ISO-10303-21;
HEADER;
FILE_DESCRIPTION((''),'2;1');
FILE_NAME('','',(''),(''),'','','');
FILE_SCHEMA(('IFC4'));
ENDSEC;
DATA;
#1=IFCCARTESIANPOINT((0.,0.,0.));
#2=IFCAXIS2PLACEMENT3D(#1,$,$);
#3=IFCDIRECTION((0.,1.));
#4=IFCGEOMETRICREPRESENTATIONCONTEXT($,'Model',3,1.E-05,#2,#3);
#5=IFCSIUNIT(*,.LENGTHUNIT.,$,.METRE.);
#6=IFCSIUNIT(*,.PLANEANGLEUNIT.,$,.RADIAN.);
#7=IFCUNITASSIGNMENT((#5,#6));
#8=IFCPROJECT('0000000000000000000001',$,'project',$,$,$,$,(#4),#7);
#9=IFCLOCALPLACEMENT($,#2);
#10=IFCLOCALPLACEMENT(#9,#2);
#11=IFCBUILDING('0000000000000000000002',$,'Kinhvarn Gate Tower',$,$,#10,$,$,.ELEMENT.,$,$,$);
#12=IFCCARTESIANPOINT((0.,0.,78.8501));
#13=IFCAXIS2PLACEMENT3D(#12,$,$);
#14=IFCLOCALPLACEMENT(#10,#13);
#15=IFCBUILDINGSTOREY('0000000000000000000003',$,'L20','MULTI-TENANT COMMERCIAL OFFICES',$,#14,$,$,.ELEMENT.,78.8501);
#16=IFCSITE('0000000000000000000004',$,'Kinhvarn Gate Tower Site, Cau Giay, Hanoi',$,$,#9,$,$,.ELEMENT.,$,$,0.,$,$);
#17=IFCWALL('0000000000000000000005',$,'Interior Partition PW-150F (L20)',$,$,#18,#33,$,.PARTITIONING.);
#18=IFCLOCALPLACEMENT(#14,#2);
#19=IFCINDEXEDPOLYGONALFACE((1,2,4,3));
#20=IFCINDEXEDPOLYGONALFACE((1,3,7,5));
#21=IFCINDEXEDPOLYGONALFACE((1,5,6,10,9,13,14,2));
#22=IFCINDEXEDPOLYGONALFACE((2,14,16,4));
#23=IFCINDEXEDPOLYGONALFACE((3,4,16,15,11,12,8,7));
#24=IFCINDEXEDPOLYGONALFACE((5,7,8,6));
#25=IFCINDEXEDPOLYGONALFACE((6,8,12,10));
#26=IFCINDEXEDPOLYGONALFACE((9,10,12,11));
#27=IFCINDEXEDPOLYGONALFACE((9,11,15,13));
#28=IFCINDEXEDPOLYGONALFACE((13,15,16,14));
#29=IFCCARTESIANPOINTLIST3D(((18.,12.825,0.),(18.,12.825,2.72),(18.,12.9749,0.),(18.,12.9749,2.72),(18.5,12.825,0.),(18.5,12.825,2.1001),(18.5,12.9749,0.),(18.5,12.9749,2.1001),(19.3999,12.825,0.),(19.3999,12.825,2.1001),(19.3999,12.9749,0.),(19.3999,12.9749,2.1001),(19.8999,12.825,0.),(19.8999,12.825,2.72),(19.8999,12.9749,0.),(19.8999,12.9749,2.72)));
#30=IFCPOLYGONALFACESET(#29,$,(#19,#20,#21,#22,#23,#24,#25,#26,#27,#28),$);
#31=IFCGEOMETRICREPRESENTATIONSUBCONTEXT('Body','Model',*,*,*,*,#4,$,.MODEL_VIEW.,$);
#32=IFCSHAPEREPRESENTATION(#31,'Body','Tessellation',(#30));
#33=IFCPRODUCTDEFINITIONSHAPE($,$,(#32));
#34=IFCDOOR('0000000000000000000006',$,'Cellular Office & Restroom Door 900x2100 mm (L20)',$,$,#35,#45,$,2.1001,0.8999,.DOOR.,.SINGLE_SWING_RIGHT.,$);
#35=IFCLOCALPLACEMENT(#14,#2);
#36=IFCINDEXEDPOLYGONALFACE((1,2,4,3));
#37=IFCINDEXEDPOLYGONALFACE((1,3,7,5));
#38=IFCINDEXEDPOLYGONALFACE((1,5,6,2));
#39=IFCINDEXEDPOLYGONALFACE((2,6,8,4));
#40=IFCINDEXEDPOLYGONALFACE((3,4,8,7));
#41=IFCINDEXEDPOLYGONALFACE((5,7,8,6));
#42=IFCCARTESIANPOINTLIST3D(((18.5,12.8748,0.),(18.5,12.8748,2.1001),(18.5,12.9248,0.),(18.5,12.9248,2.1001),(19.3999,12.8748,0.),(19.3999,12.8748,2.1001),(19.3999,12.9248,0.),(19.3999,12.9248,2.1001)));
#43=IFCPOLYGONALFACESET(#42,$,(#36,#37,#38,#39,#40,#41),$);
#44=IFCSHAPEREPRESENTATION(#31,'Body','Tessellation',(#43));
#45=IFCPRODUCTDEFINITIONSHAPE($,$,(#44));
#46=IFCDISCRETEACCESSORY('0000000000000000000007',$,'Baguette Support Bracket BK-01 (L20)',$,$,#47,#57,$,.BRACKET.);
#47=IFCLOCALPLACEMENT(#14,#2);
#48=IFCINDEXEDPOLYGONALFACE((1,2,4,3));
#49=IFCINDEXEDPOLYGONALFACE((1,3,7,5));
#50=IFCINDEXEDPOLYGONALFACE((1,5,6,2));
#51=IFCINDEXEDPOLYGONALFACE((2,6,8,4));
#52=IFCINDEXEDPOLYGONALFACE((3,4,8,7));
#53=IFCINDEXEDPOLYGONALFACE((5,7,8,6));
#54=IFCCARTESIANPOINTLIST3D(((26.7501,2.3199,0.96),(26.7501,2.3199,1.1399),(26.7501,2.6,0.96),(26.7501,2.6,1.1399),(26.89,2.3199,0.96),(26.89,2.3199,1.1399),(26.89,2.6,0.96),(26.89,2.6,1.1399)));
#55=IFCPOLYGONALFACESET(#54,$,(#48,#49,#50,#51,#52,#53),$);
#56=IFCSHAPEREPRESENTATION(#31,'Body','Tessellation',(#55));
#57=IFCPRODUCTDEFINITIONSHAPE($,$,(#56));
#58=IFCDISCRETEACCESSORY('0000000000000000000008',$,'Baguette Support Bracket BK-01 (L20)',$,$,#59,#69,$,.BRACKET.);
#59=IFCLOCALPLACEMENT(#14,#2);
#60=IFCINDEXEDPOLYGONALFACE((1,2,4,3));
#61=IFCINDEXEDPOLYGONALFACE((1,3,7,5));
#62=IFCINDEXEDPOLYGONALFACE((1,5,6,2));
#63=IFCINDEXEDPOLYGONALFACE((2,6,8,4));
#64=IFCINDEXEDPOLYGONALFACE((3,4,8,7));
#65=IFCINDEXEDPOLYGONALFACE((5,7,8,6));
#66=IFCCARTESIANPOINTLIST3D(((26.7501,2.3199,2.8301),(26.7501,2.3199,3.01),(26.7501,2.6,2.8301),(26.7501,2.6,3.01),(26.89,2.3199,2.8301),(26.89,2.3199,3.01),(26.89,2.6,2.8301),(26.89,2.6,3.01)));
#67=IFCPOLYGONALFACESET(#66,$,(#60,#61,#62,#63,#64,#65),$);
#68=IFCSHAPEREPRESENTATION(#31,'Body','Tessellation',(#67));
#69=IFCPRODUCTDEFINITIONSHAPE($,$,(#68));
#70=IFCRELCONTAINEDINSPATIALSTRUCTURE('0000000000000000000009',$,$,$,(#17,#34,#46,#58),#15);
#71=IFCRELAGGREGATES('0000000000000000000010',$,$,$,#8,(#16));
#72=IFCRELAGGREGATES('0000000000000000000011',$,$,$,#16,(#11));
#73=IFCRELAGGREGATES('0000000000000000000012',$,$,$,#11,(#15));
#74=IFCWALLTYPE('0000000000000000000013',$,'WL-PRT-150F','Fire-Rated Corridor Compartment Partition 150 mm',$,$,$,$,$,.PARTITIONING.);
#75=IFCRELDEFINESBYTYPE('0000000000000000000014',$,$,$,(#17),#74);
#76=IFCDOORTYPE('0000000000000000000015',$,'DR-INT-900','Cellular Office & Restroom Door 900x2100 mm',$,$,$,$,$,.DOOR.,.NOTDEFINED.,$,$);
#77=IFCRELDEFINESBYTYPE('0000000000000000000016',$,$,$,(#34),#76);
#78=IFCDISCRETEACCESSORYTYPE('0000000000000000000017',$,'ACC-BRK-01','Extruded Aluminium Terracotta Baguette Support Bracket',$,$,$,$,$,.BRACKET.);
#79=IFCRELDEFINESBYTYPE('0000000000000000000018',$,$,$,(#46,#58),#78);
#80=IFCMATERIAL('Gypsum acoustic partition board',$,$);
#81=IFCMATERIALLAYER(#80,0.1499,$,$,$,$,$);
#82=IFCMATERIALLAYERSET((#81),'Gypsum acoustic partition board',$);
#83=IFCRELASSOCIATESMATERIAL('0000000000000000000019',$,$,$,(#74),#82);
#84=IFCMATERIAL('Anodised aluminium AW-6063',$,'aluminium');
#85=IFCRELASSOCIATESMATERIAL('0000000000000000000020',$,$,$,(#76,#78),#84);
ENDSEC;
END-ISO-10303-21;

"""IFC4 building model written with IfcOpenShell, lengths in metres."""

from ifc_helpers import new_model, si_unit, direction, frame, frame_2d, origin, origin_2d, place, context, subcontext, project, spatial, rectangle, extrude, material, layer, layer_set, type_object, element, fill, save


model = new_model("IFC4")

# Units and contexts
model_context = context("Model", 3, precision=1e-05, world=origin(), true_north=direction((0.0, 1.0)))
body_context = subcontext(model_context, "Body", "Model", "MODEL_VIEW")
ifc_project = project(units=[si_unit("LENGTHUNIT", "METRE"), si_unit("PLANEANGLEUNIT", "RADIAN")], contexts=[model_context])

# Site, building, storey
site_placement = place(None, origin())
site = spatial("IfcSite", under=ifc_project, at=site_placement, Name="Kinhvarn Gate Tower Site, Cau Giay, Hanoi", CompositionType="ELEMENT", RefElevation=0.0)
building_placement = place(site_placement, origin())
building = spatial("IfcBuilding", under=site, at=building_placement, Name="Kinhvarn Gate Tower", CompositionType="ELEMENT")
storey_placement = place(building_placement, frame((0.0, 0.0, 78.8501)))
storey = spatial("IfcBuildingStorey", under=building, at=storey_placement, Name="L20", Description="MULTI-TENANT COMMERCIAL OFFICES", CompositionType="ELEMENT", Elevation=78.8501)

# Shared definitions
ifc_material_1 = material(Name="Anodised aluminium AW-6063", Category="aluminium")

# Shared definitions
ifc_material_2 = material(Name="Gypsum acoustic partition board")

# Wall, opening, door
ifc_layer_1 = layer(ifc_material_2, 0.1499)
ifc_layer_set_1 = layer_set([ifc_layer_1], Name="Gypsum acoustic partition board")
wall_type_1 = type_object("IfcWallType", Name="WL-PRT-150F", Description="Fire-Rated Corridor Compartment Partition 150 mm", PredefinedType="PARTITIONING", material=ifc_layer_set_1)
wall_placement = place(storey_placement, frame((18.0, 12.8999, 0.0), z_axis=(0.0, 0.0, 1.0), x_axis=(1.0, 0.0, 0.0)))
wall = element("IfcWall", 1, at=wall_placement, inside=storey, type_object=wall_type_1, Name="Interior Partition PW-150F (L20)", PredefinedType="PARTITIONING", context=body_context, shape_type="SweptSolid", body=[
    extrude(rectangle(XDim=1.8999, YDim=0.1499, at=frame_2d((0.95, 0.0))), origin(), (0.0, 0.0, 1.0), 2.72),
])
opening_placement = place(wall_placement, frame((0.5, 0.0, 0.0)))
opening = element("IfcOpeningElement", 2, at=opening_placement, cuts=wall, PredefinedType="OPENING", context=body_context, shape_type="SweptSolid", body=[
    extrude(rectangle(XDim=0.8999, YDim=2.1001, at=frame_2d((0.45, 1.05))), frame((0.0, 0.085, 0.0), z_axis=(0.0, -1.0, 0.0), x_axis=(1.0, 0.0, 0.0)), (0.0, 0.0, 1.0), 0.1699),
])
door_type = type_object("IfcDoorType", Name="DR-INT-900", Description="Cellular Office & Restroom Door 900x2100 mm", OperationType="NOTDEFINED", PredefinedType="DOOR", material=ifc_material_1)
door_placement = place(opening_placement, origin())
door = element("IfcDoor", 3, at=door_placement, inside=storey, type_object=door_type, Name="Cellular Office & Restroom Door 900x2100 mm (L20)", OperationType="SINGLE_SWING_RIGHT", OverallHeight=2.1001, OverallWidth=0.8999, PredefinedType="DOOR", context=body_context, shape_type="SweptSolid", body=[
    extrude(rectangle(XDim=0.8999, YDim=2.1001, at=frame_2d((0.45, 1.05))), frame((0.0, 0.0249, 0.0), z_axis=(0.0, -1.0, 0.0), x_axis=(1.0, 0.0, 0.0)), (0.0, 0.0, 1.0), 0.05),
])
fill(opening, door)

# Discrete accessories
discrete_accessory_type = type_object("IfcDiscreteAccessoryType", Name="ACC-BRK-01", Description="Extruded Aluminium Terracotta Baguette Support Bracket", PredefinedType="BRACKET", material=ifc_material_1)
for number, where, z_axis, x_axis, name in (
    (4, (26.8201, 2.46, 0.96), (0.0, 0.0, 1.0), (1.0, 0.0, 0.0), "Baguette Support Bracket BK-01 (L20)"),
    (5, (26.8201, 2.46, 2.8301), (0.0, 0.0, 1.0), (1.0, 0.0, 0.0), "Baguette Support Bracket BK-01 (L20)"),
):
    element("IfcDiscreteAccessory", number, at=place(storey_placement, frame(where, z_axis=z_axis, x_axis=x_axis)), inside=storey, type_object=discrete_accessory_type, Name=name, PredefinedType="BRACKET", context=body_context, shape_type="SweptSolid", body=[
        extrude(rectangle(XDim=0.1399, YDim=0.28, at=origin_2d()), origin(), (0.0, 0.0, 1.0), 0.1799),
    ])

save(model, "model.ifc")
